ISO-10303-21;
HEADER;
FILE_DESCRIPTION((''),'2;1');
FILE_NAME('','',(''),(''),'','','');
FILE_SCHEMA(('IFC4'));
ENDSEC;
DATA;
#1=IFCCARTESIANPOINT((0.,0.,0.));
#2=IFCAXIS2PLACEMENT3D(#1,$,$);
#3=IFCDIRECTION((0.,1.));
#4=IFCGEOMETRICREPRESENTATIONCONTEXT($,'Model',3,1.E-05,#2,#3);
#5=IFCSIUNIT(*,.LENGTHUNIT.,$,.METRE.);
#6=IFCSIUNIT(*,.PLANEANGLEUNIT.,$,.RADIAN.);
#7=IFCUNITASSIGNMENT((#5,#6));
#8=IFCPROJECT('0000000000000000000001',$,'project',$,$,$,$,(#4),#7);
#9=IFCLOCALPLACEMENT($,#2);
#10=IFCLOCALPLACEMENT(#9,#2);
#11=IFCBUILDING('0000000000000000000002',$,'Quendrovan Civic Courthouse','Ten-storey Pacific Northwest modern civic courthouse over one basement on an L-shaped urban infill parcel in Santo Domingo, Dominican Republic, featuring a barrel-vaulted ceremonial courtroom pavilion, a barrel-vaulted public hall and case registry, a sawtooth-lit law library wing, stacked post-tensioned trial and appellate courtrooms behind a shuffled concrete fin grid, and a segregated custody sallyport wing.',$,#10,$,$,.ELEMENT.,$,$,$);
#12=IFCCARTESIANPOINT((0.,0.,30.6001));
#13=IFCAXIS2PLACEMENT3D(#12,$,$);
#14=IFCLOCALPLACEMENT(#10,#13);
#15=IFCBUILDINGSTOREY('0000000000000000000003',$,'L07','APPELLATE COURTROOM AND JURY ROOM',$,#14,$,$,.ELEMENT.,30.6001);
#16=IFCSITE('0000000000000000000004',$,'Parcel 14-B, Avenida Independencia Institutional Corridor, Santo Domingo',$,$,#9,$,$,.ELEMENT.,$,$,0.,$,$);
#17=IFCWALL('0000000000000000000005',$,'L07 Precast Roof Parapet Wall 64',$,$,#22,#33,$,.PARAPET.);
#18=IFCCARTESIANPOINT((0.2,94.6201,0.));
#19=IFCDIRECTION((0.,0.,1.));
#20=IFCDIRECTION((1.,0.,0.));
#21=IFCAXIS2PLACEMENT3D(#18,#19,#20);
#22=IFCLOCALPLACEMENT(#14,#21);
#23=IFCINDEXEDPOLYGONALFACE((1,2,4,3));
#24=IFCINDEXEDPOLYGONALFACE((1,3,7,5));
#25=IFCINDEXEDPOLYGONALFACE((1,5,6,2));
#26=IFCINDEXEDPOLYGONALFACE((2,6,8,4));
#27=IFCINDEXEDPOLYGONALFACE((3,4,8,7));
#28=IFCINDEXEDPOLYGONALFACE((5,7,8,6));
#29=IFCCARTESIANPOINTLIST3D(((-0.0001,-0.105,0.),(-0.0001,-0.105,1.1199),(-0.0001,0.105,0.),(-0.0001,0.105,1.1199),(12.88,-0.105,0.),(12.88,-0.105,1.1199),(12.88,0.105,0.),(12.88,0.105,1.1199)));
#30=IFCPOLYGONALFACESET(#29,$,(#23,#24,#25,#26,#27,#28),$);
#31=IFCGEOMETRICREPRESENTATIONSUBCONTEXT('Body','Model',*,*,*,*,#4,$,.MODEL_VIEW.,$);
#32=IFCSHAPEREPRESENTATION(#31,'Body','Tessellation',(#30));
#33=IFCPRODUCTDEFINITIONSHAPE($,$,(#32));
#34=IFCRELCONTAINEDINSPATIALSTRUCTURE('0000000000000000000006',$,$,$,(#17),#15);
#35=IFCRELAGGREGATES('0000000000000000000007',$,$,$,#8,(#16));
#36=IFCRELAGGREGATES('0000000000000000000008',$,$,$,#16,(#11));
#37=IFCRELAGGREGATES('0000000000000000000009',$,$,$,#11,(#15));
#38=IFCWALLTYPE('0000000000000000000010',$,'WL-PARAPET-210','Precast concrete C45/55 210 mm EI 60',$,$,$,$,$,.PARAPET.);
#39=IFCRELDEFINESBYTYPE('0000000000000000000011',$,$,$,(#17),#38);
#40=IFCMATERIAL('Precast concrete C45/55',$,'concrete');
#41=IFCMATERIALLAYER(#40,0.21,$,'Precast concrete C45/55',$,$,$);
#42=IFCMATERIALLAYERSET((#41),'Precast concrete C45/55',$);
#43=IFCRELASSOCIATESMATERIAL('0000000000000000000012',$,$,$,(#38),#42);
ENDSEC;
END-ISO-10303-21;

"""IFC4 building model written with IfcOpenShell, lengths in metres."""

from ifc_helpers import new_model, si_unit, direction, frame, frame_2d, origin, place, context, subcontext, project, spatial, rectangle, extrude, material, layer, layer_set, type_object, element, save


model = new_model("IFC4")

# Units and contexts
model_context = context("Model", 3, precision=1e-05, world=origin(), true_north=direction((0.0, 1.0)))
body_context = subcontext(model_context, "Body", "Model", "MODEL_VIEW")
ifc_project = project(units=[si_unit("LENGTHUNIT", "METRE"), si_unit("PLANEANGLEUNIT", "RADIAN")], contexts=[model_context])

# Site, building, storey
site_placement = place(None, origin())
site = spatial("IfcSite", under=ifc_project, at=site_placement, Name="Parcel 14-B, Avenida Independencia Institutional Corridor, Santo Domingo", CompositionType="ELEMENT", RefElevation=0.0)
building_placement = place(site_placement, origin())
building = spatial("IfcBuilding", under=site, at=building_placement, Name="Quendrovan Civic Courthouse", Description="Ten-storey Pacific Northwest modern civic courthouse over one basement on an L-shaped urban infill parcel in Santo Domingo, Dominican Republic, featuring a barrel-vaulted ceremonial courtroom pavilion, a barrel-vaulted public hall and case registry, a sawtooth-lit law library wing, stacked post-tensioned trial and appellate courtrooms behind a shuffled concrete fin grid, and a segregated custody sallyport wing.", CompositionType="ELEMENT")
storey_placement = place(building_placement, frame((0.0, 0.0, 30.6001)))
storey = spatial("IfcBuildingStorey", under=building, at=storey_placement, Name="L07", Description="APPELLATE COURTROOM AND JURY ROOM", CompositionType="ELEMENT", Elevation=30.6001)

# Shared definitions
ifc_material_1 = material(Name="Precast concrete C45/55", Category="concrete")

# Wall
ifc_layer_1 = layer(ifc_material_1, 0.21, Name="Precast concrete C45/55")
ifc_layer_set_1 = layer_set([ifc_layer_1], Name="Precast concrete C45/55")
wall_type_1 = type_object("IfcWallType", Name="WL-PARAPET-210", Description="Precast concrete C45/55 210 mm EI 60", PredefinedType="PARAPET", material=ifc_layer_set_1)
wall_1_placement = place(storey_placement, frame((0.2, 94.6201, 0.0), z_axis=(0.0, 0.0, 1.0), x_axis=(1.0, 0.0, 0.0)))
element("IfcWall", 1, at=wall_1_placement, inside=storey, type_object=wall_type_1, Name="L07 Precast Roof Parapet Wall 64", PredefinedType="PARAPET", context=body_context, shape_type="SweptSolid", body=[
    extrude(rectangle(XDim=12.8801, YDim=0.21, at=frame_2d((6.4399, 0.0))), origin(), (0.0, 0.0, 1.0), 1.1199),
])

save(model, "model.ifc")
